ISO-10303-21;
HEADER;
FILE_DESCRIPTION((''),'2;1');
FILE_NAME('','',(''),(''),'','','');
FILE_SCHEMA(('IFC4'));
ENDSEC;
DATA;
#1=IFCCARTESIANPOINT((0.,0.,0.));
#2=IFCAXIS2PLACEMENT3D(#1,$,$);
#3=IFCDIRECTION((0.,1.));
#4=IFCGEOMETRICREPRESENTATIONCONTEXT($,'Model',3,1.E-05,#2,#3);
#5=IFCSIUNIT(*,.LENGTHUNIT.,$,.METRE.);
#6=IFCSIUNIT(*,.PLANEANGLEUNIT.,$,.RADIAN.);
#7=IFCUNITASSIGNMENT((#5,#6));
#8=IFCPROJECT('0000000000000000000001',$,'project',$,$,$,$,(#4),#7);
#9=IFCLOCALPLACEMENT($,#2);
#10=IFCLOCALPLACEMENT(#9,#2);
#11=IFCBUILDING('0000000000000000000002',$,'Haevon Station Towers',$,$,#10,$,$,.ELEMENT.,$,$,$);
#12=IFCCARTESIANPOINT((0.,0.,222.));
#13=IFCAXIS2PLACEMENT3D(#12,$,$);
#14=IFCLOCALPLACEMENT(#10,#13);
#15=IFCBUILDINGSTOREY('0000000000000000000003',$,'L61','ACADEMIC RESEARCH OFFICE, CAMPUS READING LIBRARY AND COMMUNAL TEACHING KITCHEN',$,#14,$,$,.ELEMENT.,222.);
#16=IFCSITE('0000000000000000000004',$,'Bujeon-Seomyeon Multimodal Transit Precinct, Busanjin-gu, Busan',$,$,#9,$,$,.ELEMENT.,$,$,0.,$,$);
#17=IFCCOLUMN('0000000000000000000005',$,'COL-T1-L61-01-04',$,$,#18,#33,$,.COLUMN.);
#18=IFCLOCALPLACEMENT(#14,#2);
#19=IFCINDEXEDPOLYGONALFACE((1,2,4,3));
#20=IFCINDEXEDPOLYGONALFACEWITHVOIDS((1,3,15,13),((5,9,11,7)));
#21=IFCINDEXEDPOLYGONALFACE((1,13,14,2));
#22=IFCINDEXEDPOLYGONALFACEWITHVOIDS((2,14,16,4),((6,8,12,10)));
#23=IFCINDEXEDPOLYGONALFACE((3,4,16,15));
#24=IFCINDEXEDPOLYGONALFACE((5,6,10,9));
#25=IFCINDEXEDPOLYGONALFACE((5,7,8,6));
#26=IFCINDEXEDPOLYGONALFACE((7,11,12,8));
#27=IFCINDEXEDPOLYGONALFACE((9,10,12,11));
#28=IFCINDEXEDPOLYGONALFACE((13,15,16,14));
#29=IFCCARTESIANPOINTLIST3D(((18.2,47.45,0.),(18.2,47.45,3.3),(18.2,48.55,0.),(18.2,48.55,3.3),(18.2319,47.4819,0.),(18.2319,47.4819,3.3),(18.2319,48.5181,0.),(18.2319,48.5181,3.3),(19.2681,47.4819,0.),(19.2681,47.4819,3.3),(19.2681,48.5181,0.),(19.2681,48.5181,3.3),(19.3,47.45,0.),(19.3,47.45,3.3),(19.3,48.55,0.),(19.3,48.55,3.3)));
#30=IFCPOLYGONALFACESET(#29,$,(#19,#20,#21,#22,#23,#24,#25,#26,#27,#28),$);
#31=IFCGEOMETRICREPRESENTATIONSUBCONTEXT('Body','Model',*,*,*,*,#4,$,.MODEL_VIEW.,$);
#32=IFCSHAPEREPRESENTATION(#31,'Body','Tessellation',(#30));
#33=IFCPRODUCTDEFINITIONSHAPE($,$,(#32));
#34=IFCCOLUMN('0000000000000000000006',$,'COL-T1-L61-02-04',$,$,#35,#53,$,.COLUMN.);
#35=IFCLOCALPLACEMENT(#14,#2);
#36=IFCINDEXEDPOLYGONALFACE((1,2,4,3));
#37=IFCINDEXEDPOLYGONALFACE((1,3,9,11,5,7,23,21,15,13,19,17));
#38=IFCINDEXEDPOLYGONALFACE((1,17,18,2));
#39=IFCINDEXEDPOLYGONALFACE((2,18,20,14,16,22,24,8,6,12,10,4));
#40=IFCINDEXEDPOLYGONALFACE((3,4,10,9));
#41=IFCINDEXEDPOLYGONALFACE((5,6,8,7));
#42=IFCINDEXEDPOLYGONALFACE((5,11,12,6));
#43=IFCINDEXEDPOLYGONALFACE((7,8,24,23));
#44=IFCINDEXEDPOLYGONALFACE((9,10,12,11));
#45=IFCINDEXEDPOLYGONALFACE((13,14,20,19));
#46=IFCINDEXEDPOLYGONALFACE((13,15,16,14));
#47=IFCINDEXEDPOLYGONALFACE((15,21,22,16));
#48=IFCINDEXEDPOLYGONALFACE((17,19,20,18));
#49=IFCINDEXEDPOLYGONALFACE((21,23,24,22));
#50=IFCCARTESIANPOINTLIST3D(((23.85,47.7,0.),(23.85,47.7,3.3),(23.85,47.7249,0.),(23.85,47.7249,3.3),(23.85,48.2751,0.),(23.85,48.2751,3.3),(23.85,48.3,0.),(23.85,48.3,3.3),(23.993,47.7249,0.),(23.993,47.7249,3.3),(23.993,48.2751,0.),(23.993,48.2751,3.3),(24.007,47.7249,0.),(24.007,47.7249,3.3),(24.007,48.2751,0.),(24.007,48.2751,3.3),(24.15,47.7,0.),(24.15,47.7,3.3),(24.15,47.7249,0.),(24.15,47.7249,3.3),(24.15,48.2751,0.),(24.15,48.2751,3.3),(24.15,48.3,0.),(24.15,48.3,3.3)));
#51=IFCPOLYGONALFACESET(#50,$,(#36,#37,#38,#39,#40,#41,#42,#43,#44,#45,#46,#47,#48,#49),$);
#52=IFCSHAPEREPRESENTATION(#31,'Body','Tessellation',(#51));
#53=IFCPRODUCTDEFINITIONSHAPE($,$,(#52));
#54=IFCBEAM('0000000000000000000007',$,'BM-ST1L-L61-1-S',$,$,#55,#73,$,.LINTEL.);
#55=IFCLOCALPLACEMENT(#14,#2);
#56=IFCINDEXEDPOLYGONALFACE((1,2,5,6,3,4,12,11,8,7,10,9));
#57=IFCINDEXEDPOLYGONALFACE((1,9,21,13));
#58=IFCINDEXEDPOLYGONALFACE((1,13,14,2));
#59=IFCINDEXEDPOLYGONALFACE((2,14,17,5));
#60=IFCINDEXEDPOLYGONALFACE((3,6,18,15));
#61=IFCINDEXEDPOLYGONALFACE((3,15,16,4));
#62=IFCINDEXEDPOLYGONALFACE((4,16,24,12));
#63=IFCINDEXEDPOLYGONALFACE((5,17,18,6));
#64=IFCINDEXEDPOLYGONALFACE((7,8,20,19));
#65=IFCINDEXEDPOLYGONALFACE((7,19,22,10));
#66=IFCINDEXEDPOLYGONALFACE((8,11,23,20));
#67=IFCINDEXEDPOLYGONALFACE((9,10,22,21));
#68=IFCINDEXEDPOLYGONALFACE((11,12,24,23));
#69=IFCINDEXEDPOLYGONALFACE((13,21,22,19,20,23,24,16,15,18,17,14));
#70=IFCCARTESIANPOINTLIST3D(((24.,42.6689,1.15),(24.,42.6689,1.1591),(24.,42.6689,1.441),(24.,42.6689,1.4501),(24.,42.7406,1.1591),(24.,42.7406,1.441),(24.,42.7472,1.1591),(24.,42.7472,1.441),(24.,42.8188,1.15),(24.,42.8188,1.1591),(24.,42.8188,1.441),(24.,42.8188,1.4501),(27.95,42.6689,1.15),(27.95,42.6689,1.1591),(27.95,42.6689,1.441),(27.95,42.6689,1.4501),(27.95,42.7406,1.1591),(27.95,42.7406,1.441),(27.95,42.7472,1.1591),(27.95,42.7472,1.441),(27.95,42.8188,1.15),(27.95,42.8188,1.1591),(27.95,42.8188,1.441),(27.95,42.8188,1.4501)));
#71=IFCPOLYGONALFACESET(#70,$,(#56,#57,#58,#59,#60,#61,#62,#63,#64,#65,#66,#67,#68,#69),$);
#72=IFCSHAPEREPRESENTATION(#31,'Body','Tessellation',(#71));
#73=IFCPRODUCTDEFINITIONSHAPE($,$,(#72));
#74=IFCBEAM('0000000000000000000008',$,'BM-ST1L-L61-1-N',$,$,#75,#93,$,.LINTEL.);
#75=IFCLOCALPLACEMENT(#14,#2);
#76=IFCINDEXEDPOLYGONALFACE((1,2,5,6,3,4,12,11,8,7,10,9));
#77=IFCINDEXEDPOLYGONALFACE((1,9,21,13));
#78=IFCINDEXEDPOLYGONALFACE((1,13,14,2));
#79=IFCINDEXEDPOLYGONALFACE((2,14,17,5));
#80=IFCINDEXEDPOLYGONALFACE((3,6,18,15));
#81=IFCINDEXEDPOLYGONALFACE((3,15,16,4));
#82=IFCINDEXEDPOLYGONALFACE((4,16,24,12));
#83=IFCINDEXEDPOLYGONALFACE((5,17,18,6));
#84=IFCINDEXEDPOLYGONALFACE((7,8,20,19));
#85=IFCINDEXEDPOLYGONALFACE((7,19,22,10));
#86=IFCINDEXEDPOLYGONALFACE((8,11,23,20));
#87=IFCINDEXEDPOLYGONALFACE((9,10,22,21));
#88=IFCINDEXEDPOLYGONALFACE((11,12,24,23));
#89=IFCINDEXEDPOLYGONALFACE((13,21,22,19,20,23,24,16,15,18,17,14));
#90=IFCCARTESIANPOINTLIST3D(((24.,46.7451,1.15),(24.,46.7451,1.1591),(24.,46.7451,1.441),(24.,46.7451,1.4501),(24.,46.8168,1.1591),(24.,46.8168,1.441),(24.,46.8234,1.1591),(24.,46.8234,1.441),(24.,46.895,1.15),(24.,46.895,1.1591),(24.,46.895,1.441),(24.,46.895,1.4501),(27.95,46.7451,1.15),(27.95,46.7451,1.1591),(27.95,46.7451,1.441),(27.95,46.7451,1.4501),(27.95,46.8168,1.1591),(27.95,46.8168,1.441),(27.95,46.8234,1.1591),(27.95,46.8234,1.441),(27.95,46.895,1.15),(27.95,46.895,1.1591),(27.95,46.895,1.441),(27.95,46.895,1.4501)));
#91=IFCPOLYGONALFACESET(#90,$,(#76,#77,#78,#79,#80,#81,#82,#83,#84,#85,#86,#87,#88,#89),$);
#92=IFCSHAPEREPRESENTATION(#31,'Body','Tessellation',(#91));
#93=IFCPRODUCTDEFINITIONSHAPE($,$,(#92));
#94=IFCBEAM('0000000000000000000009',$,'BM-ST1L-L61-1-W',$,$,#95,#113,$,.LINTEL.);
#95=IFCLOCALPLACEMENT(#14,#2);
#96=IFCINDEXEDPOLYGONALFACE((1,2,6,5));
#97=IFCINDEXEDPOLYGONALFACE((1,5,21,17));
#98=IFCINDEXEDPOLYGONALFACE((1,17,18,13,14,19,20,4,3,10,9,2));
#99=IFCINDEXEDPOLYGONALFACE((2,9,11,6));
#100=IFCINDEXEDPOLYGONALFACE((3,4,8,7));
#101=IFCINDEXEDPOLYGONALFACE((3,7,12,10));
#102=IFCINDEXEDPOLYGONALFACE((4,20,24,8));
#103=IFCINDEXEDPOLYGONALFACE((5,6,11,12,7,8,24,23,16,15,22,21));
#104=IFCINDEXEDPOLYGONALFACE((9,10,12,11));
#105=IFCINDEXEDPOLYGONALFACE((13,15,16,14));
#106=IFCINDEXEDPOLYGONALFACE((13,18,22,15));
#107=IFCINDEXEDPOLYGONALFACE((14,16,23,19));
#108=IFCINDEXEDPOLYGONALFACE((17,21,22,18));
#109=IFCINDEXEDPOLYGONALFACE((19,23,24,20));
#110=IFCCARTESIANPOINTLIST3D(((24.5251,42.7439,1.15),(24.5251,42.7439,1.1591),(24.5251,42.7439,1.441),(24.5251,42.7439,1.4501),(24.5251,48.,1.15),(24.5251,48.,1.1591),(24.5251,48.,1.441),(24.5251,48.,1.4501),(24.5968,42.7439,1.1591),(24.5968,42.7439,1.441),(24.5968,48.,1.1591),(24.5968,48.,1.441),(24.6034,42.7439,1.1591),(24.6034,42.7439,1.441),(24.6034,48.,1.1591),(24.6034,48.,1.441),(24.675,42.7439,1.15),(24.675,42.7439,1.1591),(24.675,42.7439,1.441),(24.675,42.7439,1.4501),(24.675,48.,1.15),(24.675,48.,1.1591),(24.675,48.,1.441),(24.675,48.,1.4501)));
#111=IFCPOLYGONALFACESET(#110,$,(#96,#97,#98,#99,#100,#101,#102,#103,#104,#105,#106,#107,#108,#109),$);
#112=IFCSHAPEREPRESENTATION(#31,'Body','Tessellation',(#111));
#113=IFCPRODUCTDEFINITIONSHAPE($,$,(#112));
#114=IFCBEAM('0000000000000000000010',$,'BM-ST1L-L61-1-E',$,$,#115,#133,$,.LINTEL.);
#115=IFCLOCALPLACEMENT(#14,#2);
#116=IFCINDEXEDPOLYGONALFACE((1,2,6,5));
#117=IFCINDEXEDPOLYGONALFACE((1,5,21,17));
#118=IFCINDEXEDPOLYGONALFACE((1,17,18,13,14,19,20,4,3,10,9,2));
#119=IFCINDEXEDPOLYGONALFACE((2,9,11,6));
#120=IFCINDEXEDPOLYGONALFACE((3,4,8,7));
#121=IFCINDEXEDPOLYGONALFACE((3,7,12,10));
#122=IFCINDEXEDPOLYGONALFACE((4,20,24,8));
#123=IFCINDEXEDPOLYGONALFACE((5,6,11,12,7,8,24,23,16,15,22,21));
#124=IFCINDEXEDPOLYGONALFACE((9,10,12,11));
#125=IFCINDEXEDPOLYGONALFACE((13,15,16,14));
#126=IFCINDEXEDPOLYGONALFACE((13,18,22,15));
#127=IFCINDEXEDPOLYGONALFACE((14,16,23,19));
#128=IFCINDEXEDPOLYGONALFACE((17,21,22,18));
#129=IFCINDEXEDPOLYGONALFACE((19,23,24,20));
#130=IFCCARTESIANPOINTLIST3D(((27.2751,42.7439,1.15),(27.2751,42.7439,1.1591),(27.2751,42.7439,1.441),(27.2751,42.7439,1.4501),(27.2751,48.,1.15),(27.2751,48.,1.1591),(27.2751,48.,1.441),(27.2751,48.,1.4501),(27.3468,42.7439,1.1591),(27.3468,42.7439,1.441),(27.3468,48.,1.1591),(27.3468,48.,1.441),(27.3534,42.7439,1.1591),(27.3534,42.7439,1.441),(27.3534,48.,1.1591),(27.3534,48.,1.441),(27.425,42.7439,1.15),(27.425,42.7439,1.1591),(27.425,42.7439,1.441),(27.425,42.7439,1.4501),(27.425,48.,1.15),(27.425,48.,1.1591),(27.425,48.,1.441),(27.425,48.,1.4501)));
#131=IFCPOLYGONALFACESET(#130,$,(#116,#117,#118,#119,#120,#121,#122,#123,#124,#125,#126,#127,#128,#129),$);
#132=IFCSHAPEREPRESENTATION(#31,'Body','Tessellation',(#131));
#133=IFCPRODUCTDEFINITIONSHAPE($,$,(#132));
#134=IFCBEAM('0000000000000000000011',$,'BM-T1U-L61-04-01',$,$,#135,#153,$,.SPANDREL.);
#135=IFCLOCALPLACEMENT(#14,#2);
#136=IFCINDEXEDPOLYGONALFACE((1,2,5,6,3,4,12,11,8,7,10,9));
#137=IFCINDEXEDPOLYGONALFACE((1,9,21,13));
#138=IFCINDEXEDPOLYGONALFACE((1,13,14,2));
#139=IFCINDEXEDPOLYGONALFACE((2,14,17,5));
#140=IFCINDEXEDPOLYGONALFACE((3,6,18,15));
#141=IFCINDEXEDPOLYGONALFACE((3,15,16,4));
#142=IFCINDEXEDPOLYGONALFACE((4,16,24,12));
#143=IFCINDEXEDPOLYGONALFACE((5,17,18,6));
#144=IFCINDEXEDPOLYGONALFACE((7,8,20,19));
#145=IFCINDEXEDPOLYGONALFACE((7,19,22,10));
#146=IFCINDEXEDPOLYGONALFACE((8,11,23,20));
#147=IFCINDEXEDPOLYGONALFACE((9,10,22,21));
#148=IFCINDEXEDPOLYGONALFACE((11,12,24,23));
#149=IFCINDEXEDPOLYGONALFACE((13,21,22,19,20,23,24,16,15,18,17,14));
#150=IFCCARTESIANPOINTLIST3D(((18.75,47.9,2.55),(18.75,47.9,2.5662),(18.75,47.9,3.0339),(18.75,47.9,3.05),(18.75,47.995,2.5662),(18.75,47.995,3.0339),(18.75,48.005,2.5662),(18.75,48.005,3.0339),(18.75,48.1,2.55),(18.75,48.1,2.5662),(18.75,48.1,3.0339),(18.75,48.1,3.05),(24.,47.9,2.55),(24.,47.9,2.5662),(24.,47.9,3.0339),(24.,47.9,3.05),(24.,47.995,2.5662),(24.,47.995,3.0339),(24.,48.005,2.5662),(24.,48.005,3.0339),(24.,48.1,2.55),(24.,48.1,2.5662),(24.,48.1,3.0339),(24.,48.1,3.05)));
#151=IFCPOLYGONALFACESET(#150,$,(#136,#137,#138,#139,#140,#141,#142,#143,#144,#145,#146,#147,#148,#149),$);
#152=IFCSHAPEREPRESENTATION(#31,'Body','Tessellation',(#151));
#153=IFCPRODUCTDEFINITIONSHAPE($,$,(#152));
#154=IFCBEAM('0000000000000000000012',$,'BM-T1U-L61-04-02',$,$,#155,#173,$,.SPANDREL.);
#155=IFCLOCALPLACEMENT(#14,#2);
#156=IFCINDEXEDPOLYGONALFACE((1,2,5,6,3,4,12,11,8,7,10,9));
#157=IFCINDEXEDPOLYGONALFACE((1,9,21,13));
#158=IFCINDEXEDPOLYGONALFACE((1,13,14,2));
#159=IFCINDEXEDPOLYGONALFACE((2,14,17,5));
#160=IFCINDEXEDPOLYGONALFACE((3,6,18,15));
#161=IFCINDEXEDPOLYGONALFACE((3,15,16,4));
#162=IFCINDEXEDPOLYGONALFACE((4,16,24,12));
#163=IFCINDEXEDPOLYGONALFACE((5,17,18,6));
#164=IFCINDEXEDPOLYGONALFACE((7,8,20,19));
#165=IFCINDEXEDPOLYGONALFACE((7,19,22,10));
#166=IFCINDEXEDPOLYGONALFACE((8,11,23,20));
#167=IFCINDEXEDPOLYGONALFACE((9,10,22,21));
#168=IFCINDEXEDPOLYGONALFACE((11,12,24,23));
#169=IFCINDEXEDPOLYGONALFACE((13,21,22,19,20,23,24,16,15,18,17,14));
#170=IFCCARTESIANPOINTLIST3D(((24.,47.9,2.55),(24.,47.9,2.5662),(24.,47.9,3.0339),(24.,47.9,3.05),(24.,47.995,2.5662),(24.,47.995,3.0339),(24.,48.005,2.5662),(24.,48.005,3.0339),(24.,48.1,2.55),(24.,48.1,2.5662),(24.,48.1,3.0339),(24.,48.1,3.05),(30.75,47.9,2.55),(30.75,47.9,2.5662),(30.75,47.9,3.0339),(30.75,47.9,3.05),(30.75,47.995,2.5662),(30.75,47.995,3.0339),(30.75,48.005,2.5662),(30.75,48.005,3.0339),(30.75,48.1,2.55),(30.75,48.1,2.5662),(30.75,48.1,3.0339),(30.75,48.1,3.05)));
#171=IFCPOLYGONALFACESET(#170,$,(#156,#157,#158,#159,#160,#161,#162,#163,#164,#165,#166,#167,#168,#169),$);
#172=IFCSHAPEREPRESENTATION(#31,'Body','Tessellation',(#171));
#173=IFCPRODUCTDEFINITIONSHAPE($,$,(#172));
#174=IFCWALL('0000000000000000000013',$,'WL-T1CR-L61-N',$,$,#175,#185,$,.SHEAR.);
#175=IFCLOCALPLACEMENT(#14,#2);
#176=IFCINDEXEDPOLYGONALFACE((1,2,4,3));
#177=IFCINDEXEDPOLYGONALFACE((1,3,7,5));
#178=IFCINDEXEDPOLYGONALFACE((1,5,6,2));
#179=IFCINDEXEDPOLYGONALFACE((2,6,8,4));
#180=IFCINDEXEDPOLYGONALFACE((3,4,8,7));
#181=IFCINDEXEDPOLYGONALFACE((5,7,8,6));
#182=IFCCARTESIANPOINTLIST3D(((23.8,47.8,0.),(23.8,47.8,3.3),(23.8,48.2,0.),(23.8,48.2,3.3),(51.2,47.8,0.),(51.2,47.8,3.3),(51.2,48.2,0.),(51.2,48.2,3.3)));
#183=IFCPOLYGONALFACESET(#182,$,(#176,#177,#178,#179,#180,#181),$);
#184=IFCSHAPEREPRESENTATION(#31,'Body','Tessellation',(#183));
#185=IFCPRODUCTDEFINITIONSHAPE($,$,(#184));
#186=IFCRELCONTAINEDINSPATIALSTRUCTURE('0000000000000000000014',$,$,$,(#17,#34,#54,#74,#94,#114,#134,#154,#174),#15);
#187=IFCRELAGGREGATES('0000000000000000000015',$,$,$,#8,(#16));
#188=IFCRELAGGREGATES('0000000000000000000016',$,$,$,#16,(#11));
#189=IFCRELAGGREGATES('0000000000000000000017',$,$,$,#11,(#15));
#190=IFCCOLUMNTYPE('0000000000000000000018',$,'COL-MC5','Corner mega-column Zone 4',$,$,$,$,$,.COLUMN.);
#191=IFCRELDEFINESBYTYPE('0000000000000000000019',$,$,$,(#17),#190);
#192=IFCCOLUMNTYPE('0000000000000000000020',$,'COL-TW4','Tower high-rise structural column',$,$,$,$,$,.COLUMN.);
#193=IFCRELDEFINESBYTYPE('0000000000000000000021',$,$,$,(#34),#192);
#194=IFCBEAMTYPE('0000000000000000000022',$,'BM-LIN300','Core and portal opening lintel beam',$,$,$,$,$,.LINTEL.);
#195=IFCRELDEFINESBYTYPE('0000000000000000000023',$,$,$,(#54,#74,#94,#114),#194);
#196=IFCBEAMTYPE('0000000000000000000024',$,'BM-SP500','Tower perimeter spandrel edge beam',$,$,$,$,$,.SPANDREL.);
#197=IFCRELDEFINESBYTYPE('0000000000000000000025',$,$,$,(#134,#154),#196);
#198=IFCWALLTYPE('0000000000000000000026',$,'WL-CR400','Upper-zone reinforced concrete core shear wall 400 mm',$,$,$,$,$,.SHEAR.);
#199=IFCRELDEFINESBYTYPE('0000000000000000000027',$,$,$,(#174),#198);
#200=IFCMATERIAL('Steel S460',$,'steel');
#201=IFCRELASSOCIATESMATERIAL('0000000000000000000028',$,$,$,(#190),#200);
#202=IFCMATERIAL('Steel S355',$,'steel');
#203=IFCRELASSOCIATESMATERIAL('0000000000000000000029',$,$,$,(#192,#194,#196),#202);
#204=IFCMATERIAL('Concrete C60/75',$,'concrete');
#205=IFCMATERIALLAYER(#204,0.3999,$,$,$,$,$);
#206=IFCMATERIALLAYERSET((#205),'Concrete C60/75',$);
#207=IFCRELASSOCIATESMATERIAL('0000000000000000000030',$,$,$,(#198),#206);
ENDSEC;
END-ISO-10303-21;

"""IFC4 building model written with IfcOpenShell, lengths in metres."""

from ifc_helpers import new_model, si_unit, direction, frame, frame_2d, origin, origin_2d, place, context, subcontext, project, spatial, rectangle, hollow_rectangle, i_section, extrude, material, layer, layer_set, material_profile, profile_set, type_object, element, save


model = new_model("IFC4")

# Units and contexts
model_context = context("Model", 3, precision=1e-05, world=origin(), true_north=direction((0.0, 1.0)))
body_context = subcontext(model_context, "Body", "Model", "MODEL_VIEW")
ifc_project = project(units=[si_unit("LENGTHUNIT", "METRE"), si_unit("PLANEANGLEUNIT", "RADIAN")], contexts=[model_context])

# Site, building, storey
site_placement = place(None, origin())
site = spatial("IfcSite", under=ifc_project, at=site_placement, Name="Bujeon-Seomyeon Multimodal Transit Precinct, Busanjin-gu, Busan", CompositionType="ELEMENT", RefElevation=0.0)
building_placement = place(site_placement, origin())
building = spatial("IfcBuilding", under=site, at=building_placement, Name="Haevon Station Towers", CompositionType="ELEMENT")
storey_placement = place(building_placement, frame((0.0, 0.0, 222.0)))
storey = spatial("IfcBuildingStorey", under=building, at=storey_placement, Name="L61", Description="ACADEMIC RESEARCH OFFICE, CAMPUS READING LIBRARY AND COMMUNAL TEACHING KITCHEN", CompositionType="ELEMENT", Elevation=222.0)

# Columns
ifc_material_1 = material(Name="Steel S460", Category="steel")
ifc_material_profile_1 = material_profile(ifc_material_1, hollow_rectangle(XDim=1.1001, YDim=1.1001, WallThickness=0.032, at=origin_2d()), Name="BOX-1100x1100x32")
ifc_profile_set_1 = profile_set([ifc_material_profile_1], Name="Steel S460")
column_type_1 = type_object("IfcColumnType", Name="COL-MC5", Description="Corner mega-column Zone 4", PredefinedType="COLUMN", material=ifc_profile_set_1)
column_1_placement = place(storey_placement, frame((18.75, 48.0, 0.0), z_axis=(0.0, 0.0, 1.0), x_axis=(1.0, 0.0, 0.0)))
element("IfcColumn", 1, at=column_1_placement, inside=storey, type_object=column_type_1, Name="COL-T1-L61-01-04", PredefinedType="COLUMN", context=body_context, shape_type="SweptSolid", body=[
    extrude(hollow_rectangle(XDim=1.1001, YDim=1.1001, WallThickness=0.032, at=origin_2d()), origin(), (0.0, 0.0, 1.0), 3.3),
])
ifc_material_2 = material(Name="Steel S355", Category="steel")
ifc_material_profile_2 = material_profile(ifc_material_2, i_section(OverallWidth=0.3, OverallDepth=0.6001, WebThickness=0.0139, FlangeThickness=0.0249, at=origin_2d()), Name="H-600x300x14x25")
ifc_profile_set_2 = profile_set([ifc_material_profile_2], Name="Steel S355")
column_type_2 = type_object("IfcColumnType", Name="COL-TW4", Description="Tower high-rise structural column", PredefinedType="COLUMN", material=ifc_profile_set_2)
column_2_placement = place(storey_placement, frame((24.0, 48.0, 0.0), z_axis=(0.0, 0.0, 1.0), x_axis=(1.0, 0.0, 0.0)))
element("IfcColumn", 2, at=column_2_placement, inside=storey, type_object=column_type_2, Name="COL-T1-L61-02-04", PredefinedType="COLUMN", context=body_context, shape_type="SweptSolid", body=[
    extrude(i_section(OverallWidth=0.3, OverallDepth=0.6001, WebThickness=0.0139, FlangeThickness=0.0249, at=origin_2d()), origin(), (0.0, 0.0, 1.0), 3.3),
])

# Beams
ifc_material_profile_3 = material_profile(ifc_material_2, i_section(OverallWidth=0.1499, OverallDepth=0.3, WebThickness=0.0066, FlangeThickness=0.009, at=origin_2d()), Name="H-300x150x6.5x9")
ifc_profile_set_3 = profile_set([ifc_material_profile_3], Name="Steel S355")
beam_type_1 = type_object("IfcBeamType", Name="BM-LIN300", Description="Core and portal opening lintel beam", PredefinedType="LINTEL", material=ifc_profile_set_3)
for number, where, z_axis, x_axis, name in (
    (3, (24.0, 42.7439, 1.3), (1.0, 0.0, 0.0), (0.0, 1.0, 0.0), "BM-ST1L-L61-1-S"),
    (4, (24.0, 46.8201, 1.3), (1.0, 0.0, 0.0), (0.0, 1.0, 0.0), "BM-ST1L-L61-1-N"),
):
    element("IfcBeam", number, at=place(storey_placement, frame(where, z_axis=z_axis, x_axis=x_axis)), inside=storey, type_object=beam_type_1, Name=name, PredefinedType="LINTEL", context=body_context, shape_type="SweptSolid", body=[
        extrude(i_section(OverallWidth=0.1499, OverallDepth=0.3, WebThickness=0.0066, FlangeThickness=0.009, at=origin_2d()), origin(), (0.0, 0.0, 1.0), 3.95),
    ])
for number, where, z_axis, x_axis, name in (
    (5, (24.6001, 42.7439, 1.3), (0.0, 1.0, 0.0), (-1.0, 0.0, 0.0), "BM-ST1L-L61-1-W"),
    (6, (27.3501, 42.7439, 1.3), (0.0, 1.0, 0.0), (-1.0, 0.0, 0.0), "BM-ST1L-L61-1-E"),
):
    element("IfcBeam", number, at=place(storey_placement, frame(where, z_axis=z_axis, x_axis=x_axis)), inside=storey, type_object=beam_type_1, Name=name, PredefinedType="LINTEL", context=body_context, shape_type="SweptSolid", body=[
        extrude(i_section(OverallWidth=0.1499, OverallDepth=0.3, WebThickness=0.0066, FlangeThickness=0.009, at=origin_2d()), origin(), (0.0, 0.0, 1.0), 5.2561),
    ])
ifc_material_profile_4 = material_profile(ifc_material_2, i_section(OverallWidth=0.2, OverallDepth=0.5, WebThickness=0.01, FlangeThickness=0.0161, at=origin_2d()), Name="H-500x200x10x16")
ifc_profile_set_4 = profile_set([ifc_material_profile_4], Name="Steel S355")
beam_type_2 = type_object("IfcBeamType", Name="BM-SP500", Description="Tower perimeter spandrel edge beam", PredefinedType="SPANDREL", material=ifc_profile_set_4)
beam_1_placement = place(storey_placement, frame((18.75, 48.0, 2.8), z_axis=(1.0, 0.0, 0.0), x_axis=(0.0, 1.0, 0.0)))
element("IfcBeam", 7, at=beam_1_placement, inside=storey, type_object=beam_type_2, Name="BM-T1U-L61-04-01", PredefinedType="SPANDREL", context=body_context, shape_type="SweptSolid", body=[
    extrude(i_section(OverallWidth=0.2, OverallDepth=0.5, WebThickness=0.01, FlangeThickness=0.0161, at=origin_2d()), origin(), (0.0, 0.0, 1.0), 5.25),
])
beam_2_placement = place(storey_placement, frame((24.0, 48.0, 2.8), z_axis=(1.0, 0.0, 0.0), x_axis=(0.0, 1.0, 0.0)))
element("IfcBeam", 8, at=beam_2_placement, inside=storey, type_object=beam_type_2, Name="BM-T1U-L61-04-02", PredefinedType="SPANDREL", context=body_context, shape_type="SweptSolid", body=[
    extrude(i_section(OverallWidth=0.2, OverallDepth=0.5, WebThickness=0.01, FlangeThickness=0.0161, at=origin_2d()), origin(), (0.0, 0.0, 1.0), 6.75),
])

# Wall
ifc_material_3 = material(Name="Concrete C60/75", Category="concrete")
ifc_layer_1 = layer(ifc_material_3, 0.3999)
ifc_layer_set_1 = layer_set([ifc_layer_1], Name="Concrete C60/75")
wall_type_1 = type_object("IfcWallType", Name="WL-CR400", Description="Upper-zone reinforced concrete core shear wall 400 mm", PredefinedType="SHEAR", material=ifc_layer_set_1)
wall_1_placement = place(storey_placement, frame((23.8, 48.0, 0.0), z_axis=(0.0, 0.0, 1.0), x_axis=(1.0, 0.0, 0.0)))
element("IfcWall", 9, at=wall_1_placement, inside=storey, type_object=wall_type_1, Name="WL-T1CR-L61-N", PredefinedType="SHEAR", context=body_context, shape_type="SweptSolid", body=[
    extrude(rectangle(XDim=27.3999, YDim=0.3999, at=frame_2d((13.7, 0.0))), origin(), (0.0, 0.0, 1.0), 3.3),
])

save(model, "model.ifc")
